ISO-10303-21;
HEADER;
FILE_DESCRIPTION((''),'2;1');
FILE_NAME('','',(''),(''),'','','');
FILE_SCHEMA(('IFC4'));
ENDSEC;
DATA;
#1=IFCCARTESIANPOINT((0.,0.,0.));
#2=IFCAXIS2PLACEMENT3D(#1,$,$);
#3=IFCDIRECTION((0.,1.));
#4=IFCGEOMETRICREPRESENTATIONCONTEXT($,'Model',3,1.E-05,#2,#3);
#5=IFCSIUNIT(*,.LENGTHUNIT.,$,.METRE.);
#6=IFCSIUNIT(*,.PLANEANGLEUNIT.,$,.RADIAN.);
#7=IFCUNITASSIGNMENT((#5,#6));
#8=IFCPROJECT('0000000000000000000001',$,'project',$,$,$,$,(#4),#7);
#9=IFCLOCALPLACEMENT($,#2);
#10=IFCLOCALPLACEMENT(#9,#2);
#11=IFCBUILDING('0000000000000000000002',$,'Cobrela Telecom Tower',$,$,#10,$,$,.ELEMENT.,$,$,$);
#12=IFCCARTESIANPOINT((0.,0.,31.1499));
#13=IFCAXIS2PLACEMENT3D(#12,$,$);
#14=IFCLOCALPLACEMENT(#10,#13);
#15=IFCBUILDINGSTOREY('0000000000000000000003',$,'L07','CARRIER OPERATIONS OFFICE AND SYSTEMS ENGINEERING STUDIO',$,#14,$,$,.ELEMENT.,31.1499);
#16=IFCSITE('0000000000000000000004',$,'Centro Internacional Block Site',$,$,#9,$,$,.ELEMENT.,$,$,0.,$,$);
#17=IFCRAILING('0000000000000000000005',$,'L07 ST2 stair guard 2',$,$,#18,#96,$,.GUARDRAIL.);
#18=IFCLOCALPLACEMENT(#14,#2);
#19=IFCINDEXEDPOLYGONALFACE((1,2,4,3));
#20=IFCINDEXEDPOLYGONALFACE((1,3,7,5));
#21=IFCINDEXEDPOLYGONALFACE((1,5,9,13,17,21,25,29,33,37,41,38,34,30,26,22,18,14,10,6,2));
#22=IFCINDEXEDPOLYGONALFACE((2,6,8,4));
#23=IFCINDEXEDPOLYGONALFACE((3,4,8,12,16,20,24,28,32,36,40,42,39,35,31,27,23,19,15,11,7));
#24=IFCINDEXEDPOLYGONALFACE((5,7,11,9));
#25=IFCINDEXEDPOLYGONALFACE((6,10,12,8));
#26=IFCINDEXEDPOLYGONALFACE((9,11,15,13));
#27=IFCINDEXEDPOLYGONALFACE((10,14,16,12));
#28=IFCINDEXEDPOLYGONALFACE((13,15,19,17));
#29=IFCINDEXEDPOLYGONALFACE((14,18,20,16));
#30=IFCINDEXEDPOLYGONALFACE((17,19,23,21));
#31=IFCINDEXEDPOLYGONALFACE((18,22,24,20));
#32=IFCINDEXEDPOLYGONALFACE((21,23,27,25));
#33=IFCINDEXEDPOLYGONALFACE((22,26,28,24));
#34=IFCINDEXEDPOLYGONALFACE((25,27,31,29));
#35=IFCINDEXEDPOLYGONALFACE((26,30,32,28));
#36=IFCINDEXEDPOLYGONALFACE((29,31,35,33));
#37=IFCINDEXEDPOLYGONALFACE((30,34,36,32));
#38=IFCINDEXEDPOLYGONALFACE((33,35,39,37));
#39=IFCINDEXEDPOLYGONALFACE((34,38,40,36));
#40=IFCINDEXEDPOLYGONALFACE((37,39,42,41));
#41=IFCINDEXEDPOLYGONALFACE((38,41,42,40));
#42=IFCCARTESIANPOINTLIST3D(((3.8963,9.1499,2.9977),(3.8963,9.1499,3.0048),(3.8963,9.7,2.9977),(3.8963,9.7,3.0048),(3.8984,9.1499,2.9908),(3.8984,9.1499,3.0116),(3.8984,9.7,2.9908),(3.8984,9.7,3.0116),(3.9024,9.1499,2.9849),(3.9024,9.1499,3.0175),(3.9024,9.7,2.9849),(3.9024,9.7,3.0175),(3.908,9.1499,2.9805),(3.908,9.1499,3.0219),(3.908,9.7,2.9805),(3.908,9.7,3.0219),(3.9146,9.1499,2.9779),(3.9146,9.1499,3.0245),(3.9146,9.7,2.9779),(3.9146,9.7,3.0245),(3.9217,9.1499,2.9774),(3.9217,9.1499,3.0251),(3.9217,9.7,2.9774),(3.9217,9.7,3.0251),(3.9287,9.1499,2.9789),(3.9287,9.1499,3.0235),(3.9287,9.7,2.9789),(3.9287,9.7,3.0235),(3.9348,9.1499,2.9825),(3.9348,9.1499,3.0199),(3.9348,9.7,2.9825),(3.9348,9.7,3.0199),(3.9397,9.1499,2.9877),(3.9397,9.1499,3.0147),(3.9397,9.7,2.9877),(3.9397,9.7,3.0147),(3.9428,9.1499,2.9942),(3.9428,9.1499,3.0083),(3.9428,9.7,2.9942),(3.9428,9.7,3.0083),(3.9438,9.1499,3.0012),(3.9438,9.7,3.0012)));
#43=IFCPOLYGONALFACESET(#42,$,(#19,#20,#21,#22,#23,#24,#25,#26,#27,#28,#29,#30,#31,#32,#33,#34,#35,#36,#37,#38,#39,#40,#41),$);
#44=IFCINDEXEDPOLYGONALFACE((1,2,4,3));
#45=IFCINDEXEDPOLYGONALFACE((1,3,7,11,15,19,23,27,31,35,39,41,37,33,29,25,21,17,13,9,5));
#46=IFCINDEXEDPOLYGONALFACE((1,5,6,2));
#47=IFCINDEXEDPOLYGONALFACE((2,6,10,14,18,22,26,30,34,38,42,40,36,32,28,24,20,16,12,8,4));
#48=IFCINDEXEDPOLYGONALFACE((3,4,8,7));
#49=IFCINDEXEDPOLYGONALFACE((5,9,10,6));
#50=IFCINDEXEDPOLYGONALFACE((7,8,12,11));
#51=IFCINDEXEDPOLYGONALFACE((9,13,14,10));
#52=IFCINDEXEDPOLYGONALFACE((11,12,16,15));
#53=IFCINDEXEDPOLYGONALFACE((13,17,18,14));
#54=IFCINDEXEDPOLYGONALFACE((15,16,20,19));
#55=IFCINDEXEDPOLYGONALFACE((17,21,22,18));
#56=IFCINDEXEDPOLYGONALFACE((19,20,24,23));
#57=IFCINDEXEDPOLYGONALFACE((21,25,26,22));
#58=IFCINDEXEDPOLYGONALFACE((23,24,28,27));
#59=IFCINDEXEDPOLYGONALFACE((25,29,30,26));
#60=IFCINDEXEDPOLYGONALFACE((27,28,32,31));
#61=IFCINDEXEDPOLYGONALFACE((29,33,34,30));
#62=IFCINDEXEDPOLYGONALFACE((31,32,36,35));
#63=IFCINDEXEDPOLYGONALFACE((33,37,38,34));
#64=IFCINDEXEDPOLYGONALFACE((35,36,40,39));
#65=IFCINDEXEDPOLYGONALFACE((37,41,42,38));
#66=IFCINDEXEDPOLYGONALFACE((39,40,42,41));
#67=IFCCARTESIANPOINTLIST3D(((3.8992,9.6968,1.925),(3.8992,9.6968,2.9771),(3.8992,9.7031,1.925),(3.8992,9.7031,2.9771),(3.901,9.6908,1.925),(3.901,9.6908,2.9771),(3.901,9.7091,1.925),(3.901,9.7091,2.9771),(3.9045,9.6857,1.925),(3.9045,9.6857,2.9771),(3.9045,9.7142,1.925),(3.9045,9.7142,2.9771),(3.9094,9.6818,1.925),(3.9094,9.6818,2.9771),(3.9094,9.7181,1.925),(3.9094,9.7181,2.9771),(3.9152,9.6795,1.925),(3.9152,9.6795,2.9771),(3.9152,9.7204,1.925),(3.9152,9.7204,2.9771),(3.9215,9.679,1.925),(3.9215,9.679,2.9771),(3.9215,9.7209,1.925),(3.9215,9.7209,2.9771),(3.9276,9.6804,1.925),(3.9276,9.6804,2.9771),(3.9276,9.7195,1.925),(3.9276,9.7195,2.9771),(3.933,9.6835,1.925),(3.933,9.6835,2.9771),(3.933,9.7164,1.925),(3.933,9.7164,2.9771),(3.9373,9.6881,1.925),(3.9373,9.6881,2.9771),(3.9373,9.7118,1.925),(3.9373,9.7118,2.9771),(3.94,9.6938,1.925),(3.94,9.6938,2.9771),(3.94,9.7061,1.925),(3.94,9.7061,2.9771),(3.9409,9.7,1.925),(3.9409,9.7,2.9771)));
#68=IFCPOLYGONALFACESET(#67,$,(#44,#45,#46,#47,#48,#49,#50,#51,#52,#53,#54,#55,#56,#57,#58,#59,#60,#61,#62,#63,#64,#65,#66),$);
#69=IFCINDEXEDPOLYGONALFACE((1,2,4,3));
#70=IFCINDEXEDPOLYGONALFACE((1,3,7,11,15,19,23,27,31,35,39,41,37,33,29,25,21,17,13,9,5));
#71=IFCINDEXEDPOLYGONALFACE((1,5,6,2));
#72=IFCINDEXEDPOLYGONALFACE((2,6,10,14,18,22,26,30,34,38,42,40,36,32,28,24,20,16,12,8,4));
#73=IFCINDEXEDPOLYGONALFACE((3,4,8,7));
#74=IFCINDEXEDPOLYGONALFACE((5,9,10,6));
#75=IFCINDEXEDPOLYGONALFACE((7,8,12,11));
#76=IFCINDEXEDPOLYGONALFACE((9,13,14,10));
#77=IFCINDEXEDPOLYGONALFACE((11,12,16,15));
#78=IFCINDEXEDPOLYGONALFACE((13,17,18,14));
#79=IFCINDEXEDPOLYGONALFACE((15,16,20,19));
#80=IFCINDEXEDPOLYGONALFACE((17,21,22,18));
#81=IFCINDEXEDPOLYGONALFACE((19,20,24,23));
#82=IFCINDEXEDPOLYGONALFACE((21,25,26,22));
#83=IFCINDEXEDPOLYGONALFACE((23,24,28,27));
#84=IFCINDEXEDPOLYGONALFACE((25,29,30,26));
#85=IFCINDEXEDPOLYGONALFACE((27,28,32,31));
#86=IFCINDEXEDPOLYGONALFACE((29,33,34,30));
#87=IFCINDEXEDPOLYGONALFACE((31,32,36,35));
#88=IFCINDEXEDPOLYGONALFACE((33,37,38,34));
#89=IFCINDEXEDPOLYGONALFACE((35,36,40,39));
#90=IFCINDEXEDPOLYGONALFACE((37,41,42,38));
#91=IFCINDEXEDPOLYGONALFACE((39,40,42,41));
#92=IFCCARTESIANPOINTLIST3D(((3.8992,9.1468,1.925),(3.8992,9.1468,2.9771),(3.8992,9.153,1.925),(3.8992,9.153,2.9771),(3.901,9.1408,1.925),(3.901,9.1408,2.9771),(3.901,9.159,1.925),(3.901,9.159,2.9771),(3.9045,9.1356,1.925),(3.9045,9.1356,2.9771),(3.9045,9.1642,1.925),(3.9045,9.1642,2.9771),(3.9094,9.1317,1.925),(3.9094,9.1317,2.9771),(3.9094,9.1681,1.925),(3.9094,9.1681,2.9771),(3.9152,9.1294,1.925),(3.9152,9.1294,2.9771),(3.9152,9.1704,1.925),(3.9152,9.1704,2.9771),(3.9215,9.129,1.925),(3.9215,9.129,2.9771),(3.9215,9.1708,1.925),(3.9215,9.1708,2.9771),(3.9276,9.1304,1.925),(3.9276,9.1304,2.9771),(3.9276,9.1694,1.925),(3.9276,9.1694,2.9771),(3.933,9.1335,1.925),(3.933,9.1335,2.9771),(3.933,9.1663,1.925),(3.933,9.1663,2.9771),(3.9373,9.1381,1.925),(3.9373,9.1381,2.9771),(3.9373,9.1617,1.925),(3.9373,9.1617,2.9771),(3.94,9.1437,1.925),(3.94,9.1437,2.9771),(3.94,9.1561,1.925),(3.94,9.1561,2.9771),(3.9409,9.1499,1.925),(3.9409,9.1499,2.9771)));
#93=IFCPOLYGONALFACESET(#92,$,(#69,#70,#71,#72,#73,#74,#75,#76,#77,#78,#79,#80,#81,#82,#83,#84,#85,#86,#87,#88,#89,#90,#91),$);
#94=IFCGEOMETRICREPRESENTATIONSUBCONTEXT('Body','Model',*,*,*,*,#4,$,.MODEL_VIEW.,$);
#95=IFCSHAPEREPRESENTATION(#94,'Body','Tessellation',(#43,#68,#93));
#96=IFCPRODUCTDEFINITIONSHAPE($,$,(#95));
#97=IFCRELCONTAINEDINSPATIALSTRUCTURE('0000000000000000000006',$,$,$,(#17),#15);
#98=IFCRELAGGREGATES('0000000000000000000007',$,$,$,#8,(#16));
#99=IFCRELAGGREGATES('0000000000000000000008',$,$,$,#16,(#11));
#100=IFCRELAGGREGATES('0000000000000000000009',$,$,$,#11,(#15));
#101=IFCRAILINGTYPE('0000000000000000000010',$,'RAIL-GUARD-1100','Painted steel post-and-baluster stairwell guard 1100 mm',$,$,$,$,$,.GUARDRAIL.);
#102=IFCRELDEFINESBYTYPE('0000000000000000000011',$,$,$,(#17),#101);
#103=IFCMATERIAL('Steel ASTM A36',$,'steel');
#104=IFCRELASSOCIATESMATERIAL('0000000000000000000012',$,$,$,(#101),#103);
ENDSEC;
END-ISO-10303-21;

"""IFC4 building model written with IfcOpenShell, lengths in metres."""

from ifc_helpers import new_model, si_unit, direction, frame, origin, origin_2d, place, context, subcontext, project, spatial, circle, extrude, material, type_object, element, save


model = new_model("IFC4")

# Units and contexts
model_context = context("Model", 3, precision=1e-05, world=origin(), true_north=direction((0.0, 1.0)))
body_context = subcontext(model_context, "Body", "Model", "MODEL_VIEW")
ifc_project = project(units=[si_unit("LENGTHUNIT", "METRE"), si_unit("PLANEANGLEUNIT", "RADIAN")], contexts=[model_context])

# Site, building, storey
site_placement = place(None, origin())
site = spatial("IfcSite", under=ifc_project, at=site_placement, Name="Centro Internacional Block Site", CompositionType="ELEMENT", RefElevation=0.0)
building_placement = place(site_placement, origin())
building = spatial("IfcBuilding", under=site, at=building_placement, Name="Cobrela Telecom Tower", CompositionType="ELEMENT")
storey_placement = place(building_placement, frame((0.0, 0.0, 31.1499)))
storey = spatial("IfcBuildingStorey", under=building, at=storey_placement, Name="L07", Description="CARRIER OPERATIONS OFFICE AND SYSTEMS ENGINEERING STUDIO", CompositionType="ELEMENT", Elevation=31.1499)

# Railing
ifc_material_1 = material(Name="Steel ASTM A36", Category="steel")
railing_type_1 = type_object("IfcRailingType", Name="RAIL-GUARD-1100", Description="Painted steel post-and-baluster stairwell guard 1100 mm", PredefinedType="GUARDRAIL", material=ifc_material_1)
railing_1_placement = place(storey_placement, frame((3.9199, 9.7, 1.925)))
element("IfcRailing", 1, at=railing_1_placement, inside=storey, type_object=railing_type_1, Name="L07 ST2 stair guard 2", PredefinedType="GUARDRAIL", context=body_context, shape_type="SweptSolid", body=[
    extrude(circle(Radius=0.0239, at=origin_2d()), frame((0.0, 0.0, 1.0762), z_axis=(0.0, -1.0, 0.0), x_axis=(1.0, 0.0, 0.0)), (0.0, 0.0, 1.0), 0.55),
    extrude(circle(Radius=0.021, at=origin_2d()), origin(), (0.0, 0.0, 1.0), 1.052),
    extrude(circle(Radius=0.021, at=origin_2d()), frame((0.0, -0.55, 0.0)), (0.0, 0.0, 1.0), 1.052),
])

save(model, "model.ifc")
